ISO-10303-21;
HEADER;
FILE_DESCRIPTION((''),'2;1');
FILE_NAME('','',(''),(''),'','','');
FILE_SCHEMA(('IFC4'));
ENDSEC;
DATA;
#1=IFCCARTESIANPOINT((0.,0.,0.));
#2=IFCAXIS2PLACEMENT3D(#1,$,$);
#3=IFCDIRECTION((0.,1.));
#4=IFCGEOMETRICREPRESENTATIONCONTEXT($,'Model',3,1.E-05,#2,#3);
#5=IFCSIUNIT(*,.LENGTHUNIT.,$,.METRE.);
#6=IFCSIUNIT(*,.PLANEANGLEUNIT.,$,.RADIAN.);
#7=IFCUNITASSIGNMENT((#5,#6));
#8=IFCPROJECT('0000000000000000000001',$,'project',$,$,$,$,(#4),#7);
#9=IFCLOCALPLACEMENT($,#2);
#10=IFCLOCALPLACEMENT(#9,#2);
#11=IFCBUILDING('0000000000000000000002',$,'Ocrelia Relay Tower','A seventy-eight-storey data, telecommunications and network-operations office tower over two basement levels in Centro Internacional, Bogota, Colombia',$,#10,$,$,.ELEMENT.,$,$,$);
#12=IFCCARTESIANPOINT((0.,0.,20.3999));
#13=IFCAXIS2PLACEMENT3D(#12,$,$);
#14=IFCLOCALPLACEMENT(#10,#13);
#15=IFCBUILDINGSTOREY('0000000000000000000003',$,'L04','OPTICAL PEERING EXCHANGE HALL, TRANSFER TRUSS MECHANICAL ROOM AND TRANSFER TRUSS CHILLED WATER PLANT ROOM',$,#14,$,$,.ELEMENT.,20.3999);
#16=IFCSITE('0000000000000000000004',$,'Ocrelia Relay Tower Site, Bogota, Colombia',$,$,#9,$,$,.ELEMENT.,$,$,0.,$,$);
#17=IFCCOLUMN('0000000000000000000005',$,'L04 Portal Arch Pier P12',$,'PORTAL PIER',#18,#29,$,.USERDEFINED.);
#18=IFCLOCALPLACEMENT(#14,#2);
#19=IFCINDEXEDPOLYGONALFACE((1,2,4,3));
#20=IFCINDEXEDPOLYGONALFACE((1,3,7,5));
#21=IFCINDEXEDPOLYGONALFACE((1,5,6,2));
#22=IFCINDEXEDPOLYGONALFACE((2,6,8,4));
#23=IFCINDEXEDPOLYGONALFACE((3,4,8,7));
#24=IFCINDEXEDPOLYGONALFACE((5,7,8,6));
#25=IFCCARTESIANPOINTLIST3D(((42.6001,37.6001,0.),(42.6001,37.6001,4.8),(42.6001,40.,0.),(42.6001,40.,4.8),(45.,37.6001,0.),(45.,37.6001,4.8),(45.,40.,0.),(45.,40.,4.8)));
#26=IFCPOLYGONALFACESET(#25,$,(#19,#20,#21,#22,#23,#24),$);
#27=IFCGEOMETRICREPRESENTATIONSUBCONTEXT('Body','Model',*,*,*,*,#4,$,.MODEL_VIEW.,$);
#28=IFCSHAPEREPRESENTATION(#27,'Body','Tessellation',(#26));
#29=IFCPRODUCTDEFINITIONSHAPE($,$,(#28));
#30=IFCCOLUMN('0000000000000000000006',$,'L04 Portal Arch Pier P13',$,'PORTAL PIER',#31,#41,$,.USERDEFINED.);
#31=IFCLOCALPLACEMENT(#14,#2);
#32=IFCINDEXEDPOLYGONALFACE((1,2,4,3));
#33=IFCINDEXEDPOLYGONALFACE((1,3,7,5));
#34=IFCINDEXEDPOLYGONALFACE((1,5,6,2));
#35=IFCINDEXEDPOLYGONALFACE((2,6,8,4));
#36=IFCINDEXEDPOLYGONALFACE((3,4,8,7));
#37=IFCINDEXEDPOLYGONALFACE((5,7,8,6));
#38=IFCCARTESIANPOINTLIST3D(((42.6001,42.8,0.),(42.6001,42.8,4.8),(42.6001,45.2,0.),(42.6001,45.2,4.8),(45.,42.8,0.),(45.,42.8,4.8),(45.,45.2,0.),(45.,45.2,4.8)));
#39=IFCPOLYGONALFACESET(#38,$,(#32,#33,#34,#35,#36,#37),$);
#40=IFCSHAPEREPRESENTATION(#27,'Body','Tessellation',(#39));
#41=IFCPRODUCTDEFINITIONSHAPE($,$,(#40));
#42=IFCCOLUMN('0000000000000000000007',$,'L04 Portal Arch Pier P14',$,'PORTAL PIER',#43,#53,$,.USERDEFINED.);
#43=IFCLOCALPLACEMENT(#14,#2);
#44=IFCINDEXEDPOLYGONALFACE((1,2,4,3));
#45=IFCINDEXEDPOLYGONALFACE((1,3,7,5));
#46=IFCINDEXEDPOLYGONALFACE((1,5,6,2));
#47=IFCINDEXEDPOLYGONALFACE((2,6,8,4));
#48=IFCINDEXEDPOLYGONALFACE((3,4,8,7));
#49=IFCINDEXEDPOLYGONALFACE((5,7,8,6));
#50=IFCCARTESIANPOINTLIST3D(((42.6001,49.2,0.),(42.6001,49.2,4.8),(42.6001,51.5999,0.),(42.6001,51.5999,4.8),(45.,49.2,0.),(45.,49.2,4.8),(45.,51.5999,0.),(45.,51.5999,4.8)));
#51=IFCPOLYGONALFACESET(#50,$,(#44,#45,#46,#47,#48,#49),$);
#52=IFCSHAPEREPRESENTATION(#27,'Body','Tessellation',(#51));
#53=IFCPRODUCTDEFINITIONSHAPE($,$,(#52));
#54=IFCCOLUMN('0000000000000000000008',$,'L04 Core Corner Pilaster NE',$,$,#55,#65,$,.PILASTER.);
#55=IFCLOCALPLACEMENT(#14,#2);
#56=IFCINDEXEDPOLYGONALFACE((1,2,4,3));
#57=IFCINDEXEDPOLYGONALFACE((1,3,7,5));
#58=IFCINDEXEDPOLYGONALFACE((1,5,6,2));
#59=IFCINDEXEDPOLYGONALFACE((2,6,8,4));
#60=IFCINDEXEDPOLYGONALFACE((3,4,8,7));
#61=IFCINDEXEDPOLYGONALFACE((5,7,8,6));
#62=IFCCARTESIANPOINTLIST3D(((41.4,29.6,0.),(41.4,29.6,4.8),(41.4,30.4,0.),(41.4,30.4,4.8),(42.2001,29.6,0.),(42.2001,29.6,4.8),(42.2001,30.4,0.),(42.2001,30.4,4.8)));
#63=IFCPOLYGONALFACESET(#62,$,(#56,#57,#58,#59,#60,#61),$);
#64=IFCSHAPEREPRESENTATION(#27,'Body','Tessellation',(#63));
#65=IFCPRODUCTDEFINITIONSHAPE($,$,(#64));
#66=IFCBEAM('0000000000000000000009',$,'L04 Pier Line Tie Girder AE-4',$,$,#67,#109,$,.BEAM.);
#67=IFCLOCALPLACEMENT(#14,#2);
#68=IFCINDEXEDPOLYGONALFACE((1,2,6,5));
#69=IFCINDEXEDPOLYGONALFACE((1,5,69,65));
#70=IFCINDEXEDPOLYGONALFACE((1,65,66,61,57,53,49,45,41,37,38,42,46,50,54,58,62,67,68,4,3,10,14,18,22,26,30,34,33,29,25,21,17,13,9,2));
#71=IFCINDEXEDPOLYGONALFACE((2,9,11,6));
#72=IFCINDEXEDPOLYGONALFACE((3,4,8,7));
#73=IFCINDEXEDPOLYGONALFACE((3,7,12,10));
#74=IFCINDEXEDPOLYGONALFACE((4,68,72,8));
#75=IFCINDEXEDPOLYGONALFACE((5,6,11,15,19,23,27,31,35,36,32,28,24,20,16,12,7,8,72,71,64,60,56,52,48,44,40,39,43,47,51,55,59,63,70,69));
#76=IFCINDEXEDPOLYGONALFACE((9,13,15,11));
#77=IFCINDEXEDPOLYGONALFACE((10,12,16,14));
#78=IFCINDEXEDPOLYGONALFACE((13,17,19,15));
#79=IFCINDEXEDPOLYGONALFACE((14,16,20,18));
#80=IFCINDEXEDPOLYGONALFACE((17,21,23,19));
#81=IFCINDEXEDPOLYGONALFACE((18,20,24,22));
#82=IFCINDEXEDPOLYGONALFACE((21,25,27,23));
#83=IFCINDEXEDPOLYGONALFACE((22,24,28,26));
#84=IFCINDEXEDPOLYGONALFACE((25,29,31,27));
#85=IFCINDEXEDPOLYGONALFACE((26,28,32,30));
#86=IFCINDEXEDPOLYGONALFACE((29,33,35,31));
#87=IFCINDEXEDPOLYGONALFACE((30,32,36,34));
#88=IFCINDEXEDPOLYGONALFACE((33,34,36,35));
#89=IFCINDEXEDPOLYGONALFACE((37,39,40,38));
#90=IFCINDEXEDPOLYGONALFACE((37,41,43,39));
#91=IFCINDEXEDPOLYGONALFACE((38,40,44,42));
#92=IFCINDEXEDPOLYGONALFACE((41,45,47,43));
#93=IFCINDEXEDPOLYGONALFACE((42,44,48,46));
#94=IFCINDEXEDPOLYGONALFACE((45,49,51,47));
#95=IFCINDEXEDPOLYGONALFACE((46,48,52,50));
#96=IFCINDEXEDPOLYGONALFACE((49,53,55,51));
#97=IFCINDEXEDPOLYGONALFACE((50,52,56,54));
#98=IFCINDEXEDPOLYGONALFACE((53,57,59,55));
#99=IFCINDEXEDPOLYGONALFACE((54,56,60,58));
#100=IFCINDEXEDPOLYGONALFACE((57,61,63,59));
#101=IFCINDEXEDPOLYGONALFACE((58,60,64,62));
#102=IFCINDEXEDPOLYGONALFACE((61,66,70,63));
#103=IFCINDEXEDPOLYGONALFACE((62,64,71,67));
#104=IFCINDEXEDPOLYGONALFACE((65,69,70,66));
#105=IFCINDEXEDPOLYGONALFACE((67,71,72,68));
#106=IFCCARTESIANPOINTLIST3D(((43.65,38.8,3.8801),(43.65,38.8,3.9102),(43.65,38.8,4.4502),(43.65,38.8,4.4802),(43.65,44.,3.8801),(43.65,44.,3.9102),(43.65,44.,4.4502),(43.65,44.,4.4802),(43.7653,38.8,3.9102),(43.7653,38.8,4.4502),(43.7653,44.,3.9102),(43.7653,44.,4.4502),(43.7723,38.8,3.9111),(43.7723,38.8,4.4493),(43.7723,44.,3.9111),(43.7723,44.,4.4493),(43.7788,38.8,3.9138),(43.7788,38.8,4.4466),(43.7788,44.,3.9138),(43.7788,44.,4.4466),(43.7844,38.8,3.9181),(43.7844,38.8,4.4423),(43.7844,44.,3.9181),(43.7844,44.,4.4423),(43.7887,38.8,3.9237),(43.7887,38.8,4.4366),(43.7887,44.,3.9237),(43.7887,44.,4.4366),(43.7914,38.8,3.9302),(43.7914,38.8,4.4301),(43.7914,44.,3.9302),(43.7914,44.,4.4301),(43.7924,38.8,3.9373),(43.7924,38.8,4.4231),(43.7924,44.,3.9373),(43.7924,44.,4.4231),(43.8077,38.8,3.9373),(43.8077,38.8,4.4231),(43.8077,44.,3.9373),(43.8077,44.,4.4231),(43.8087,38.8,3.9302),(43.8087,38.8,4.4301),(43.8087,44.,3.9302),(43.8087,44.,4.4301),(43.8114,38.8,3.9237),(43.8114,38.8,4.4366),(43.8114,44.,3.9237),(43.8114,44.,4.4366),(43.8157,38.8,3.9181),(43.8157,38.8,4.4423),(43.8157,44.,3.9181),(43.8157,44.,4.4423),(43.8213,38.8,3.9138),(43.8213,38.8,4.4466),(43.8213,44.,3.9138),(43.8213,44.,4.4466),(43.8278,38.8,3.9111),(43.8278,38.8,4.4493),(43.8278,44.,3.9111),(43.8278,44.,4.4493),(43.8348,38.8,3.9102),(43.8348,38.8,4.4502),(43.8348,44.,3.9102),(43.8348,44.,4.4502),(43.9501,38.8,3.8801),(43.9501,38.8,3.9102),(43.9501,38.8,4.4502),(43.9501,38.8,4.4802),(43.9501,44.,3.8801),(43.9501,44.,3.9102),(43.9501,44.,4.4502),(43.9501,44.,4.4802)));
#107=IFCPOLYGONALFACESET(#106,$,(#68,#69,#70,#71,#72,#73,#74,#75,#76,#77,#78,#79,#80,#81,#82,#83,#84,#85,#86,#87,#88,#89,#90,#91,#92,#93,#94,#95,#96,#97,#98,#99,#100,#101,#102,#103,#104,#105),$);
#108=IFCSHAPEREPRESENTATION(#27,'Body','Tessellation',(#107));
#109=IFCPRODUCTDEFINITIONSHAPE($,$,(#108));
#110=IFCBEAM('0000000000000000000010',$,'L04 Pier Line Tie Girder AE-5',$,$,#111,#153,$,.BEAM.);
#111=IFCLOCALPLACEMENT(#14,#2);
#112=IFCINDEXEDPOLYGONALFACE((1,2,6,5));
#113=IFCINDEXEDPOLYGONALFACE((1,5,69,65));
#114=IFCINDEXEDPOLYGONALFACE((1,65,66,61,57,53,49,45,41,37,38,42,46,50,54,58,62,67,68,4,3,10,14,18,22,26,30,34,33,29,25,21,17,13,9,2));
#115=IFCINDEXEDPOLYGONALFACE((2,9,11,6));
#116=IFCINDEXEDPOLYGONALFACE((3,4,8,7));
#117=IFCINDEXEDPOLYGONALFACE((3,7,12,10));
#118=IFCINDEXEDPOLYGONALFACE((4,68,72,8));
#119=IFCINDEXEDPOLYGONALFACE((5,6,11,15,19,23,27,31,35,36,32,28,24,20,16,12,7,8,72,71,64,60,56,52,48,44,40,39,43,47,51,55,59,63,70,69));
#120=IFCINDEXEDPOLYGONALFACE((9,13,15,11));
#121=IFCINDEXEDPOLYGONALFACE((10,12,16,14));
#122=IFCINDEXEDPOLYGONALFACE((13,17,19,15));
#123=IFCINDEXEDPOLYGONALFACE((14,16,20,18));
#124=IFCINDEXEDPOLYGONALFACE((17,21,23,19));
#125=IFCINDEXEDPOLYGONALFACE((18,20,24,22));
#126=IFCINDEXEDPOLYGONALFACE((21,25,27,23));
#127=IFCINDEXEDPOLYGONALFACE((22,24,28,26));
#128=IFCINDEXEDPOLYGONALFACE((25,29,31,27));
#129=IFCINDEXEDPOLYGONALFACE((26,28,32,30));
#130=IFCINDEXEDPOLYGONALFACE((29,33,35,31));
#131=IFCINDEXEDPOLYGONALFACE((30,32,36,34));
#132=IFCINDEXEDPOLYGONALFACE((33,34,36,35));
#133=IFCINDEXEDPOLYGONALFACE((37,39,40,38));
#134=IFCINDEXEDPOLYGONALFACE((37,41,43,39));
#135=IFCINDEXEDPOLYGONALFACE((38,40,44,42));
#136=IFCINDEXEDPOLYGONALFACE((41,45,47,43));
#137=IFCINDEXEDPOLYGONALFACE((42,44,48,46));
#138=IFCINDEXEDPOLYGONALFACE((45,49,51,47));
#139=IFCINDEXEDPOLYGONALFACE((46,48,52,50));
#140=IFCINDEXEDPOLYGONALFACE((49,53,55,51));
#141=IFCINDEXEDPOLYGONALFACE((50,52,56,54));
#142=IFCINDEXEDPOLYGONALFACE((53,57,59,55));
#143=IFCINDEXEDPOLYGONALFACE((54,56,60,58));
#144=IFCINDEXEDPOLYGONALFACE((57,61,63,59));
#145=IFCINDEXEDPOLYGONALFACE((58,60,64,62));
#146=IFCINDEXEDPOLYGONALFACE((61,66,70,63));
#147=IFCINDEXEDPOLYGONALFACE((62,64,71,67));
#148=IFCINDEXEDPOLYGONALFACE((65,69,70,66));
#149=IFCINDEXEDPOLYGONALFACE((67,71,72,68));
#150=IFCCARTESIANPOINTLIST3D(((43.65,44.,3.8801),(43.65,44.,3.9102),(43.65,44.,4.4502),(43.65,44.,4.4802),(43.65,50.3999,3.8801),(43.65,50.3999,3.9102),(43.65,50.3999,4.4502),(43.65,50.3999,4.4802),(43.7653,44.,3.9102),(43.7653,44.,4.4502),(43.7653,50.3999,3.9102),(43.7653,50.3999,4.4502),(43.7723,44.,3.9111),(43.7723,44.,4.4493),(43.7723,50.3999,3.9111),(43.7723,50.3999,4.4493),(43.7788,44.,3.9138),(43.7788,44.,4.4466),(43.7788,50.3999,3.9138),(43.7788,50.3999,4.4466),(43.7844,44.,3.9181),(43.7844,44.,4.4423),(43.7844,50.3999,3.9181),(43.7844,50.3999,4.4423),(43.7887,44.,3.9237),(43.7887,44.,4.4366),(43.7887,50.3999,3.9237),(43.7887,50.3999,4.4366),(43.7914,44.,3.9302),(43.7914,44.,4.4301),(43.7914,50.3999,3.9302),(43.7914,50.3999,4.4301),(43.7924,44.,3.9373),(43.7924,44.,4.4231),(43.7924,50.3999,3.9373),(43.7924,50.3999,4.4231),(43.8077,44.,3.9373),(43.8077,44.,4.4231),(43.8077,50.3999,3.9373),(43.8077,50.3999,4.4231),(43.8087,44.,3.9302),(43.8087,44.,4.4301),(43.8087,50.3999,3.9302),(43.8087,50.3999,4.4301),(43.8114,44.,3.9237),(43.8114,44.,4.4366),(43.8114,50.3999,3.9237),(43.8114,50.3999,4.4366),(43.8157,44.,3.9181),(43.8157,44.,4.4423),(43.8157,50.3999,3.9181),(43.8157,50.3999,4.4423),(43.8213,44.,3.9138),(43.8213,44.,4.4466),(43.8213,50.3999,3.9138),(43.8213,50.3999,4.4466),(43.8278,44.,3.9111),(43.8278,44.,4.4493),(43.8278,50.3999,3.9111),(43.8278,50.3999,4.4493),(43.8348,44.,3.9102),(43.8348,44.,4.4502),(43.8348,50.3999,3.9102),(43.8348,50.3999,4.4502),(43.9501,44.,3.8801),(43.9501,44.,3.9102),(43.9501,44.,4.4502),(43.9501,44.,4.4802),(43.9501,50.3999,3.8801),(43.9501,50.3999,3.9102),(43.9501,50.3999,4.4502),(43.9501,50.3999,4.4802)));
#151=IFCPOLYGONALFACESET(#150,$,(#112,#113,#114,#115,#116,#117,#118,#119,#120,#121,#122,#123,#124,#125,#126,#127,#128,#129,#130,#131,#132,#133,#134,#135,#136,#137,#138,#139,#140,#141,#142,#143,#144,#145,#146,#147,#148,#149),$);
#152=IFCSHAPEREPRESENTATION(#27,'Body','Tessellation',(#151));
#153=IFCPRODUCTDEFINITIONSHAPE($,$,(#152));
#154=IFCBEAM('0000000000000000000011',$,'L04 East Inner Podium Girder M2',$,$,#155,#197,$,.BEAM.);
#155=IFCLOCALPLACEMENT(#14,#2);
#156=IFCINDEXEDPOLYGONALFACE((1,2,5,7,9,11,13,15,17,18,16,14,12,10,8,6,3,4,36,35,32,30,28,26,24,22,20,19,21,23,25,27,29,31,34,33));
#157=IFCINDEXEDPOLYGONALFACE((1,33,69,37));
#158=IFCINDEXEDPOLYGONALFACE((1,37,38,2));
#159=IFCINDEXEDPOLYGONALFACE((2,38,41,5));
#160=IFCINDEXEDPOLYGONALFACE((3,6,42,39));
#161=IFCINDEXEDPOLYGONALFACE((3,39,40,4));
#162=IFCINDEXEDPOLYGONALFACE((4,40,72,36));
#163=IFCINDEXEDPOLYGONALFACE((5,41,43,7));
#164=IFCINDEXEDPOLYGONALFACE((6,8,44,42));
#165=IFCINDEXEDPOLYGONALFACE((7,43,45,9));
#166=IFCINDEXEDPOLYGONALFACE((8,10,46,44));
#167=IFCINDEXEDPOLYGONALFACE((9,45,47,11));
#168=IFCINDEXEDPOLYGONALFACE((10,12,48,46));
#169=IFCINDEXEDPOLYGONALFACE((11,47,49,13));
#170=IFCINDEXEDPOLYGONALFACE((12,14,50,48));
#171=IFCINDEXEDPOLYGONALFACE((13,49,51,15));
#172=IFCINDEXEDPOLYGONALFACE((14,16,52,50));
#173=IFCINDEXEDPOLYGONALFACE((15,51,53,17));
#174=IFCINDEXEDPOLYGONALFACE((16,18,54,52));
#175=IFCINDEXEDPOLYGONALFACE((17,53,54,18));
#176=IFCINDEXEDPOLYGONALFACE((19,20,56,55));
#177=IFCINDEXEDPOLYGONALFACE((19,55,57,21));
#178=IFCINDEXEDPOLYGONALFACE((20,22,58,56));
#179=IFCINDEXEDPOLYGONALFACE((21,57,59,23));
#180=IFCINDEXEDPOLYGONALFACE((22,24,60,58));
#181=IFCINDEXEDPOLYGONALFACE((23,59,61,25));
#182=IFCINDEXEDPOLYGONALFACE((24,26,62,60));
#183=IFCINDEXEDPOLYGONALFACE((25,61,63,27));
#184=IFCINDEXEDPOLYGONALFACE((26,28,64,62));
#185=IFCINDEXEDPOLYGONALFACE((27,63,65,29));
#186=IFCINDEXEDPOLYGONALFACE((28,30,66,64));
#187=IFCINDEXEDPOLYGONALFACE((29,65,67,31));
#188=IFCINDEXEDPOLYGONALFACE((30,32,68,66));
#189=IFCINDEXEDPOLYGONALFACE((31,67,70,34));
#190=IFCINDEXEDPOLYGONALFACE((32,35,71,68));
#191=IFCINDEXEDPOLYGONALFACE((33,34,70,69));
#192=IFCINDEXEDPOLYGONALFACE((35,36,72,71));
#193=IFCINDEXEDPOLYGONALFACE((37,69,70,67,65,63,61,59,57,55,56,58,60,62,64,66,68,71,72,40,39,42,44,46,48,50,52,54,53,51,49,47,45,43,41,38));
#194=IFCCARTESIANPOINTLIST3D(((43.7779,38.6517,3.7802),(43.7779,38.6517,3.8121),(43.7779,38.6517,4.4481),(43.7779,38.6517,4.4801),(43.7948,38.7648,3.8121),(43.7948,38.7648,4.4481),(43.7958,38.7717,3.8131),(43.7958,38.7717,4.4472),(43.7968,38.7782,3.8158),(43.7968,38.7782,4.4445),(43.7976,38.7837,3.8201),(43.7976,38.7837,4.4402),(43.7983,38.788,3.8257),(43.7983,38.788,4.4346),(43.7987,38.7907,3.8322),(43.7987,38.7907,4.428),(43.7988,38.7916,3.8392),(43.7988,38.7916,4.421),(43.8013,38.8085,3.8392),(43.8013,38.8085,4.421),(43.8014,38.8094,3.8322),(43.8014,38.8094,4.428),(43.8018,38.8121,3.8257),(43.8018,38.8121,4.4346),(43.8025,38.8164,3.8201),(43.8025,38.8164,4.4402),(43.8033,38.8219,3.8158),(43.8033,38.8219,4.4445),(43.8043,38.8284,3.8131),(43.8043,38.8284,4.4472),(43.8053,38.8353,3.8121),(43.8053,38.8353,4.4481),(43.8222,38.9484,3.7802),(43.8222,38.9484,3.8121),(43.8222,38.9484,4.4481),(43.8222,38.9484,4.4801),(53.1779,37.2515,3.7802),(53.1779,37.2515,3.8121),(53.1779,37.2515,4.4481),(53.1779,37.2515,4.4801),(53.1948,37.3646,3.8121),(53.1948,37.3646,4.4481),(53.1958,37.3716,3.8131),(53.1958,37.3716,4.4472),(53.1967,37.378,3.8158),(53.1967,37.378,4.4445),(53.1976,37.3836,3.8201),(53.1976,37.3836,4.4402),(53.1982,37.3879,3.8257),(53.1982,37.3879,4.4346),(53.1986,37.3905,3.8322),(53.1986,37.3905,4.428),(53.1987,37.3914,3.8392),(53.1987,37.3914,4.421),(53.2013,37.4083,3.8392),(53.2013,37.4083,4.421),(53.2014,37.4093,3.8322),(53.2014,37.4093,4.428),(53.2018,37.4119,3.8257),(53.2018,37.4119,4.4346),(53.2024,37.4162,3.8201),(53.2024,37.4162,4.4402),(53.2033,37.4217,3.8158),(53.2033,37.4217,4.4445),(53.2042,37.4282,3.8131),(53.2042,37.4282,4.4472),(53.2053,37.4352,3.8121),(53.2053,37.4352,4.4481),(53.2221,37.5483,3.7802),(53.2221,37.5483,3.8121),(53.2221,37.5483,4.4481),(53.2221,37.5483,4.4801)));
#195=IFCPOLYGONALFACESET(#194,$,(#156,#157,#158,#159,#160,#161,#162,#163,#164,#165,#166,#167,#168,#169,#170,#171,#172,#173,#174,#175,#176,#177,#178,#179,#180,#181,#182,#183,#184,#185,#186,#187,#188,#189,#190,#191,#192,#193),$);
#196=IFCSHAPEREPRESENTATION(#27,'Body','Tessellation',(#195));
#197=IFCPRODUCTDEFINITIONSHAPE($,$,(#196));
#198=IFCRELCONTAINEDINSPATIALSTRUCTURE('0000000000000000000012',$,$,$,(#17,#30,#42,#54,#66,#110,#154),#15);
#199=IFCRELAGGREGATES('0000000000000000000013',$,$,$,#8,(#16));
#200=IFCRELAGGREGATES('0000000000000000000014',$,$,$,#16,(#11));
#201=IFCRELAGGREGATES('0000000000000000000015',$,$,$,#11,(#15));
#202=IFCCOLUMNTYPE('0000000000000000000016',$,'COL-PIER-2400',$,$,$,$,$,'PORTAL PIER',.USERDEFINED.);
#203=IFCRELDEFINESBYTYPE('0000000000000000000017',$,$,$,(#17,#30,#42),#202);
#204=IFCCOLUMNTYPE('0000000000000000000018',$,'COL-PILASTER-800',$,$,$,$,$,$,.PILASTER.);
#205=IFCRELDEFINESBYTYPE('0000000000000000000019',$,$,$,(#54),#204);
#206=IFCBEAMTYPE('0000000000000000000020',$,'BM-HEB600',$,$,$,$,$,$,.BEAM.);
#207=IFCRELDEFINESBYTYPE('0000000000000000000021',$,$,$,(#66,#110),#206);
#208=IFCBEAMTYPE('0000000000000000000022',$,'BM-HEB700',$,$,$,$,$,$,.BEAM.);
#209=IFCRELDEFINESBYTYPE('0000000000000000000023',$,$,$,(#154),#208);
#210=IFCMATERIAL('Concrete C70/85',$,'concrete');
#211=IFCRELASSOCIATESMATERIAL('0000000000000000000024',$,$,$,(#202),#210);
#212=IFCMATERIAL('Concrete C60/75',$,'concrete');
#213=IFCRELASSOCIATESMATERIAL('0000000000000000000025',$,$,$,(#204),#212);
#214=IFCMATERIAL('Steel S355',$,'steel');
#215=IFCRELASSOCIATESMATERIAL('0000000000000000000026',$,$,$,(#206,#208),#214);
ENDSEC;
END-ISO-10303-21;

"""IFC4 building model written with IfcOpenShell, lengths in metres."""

from ifc_helpers import new_model, si_unit, direction, frame, origin, origin_2d, place, context, subcontext, project, spatial, rectangle, i_section, extrude, material, material_profile, profile_set, type_object, element, save


model = new_model("IFC4")

# Units and contexts
model_context = context("Model", 3, precision=1e-05, world=origin(), true_north=direction((0.0, 1.0)))
body_context = subcontext(model_context, "Body", "Model", "MODEL_VIEW")
ifc_project = project(units=[si_unit("LENGTHUNIT", "METRE"), si_unit("PLANEANGLEUNIT", "RADIAN")], contexts=[model_context])

# Site, building, storey
site_placement = place(None, origin())
site = spatial("IfcSite", under=ifc_project, at=site_placement, Name="Ocrelia Relay Tower Site, Bogota, Colombia", CompositionType="ELEMENT", RefElevation=0.0)
building_placement = place(site_placement, origin())
building = spatial("IfcBuilding", under=site, at=building_placement, Name="Ocrelia Relay Tower", Description="A seventy-eight-storey data, telecommunications and network-operations office tower over two basement levels in Centro Internacional, Bogota, Colombia", CompositionType="ELEMENT")
storey_placement = place(building_placement, frame((0.0, 0.0, 20.3999)))
storey = spatial("IfcBuildingStorey", under=building, at=storey_placement, Name="L04", Description="OPTICAL PEERING EXCHANGE HALL, TRANSFER TRUSS MECHANICAL ROOM AND TRANSFER TRUSS CHILLED WATER PLANT ROOM", CompositionType="ELEMENT", Elevation=20.3999)

# Columns
ifc_material_1 = material(Name="Concrete C70/85", Category="concrete")
ifc_material_profile_1 = material_profile(ifc_material_1, rectangle(XDim=2.3999, YDim=2.3999, at=origin_2d()), Name="RC-PIER-2400x2400")
ifc_profile_set_1 = profile_set([ifc_material_profile_1], Name="Concrete C70/85")
column_type_1 = type_object("IfcColumnType", Name="COL-PIER-2400", ElementType="PORTAL PIER", PredefinedType="USERDEFINED", material=ifc_profile_set_1)
for number, where, z_axis, x_axis, name in (
    (1, (43.8, 38.8, 0.0), (0.0, 0.0, 1.0), (1.0, 0.0, 0.0), "L04 Portal Arch Pier P12"),
    (2, (43.8, 44.0, 0.0), (0.0, 0.0, 1.0), (1.0, 0.0, 0.0), "L04 Portal Arch Pier P13"),
    (3, (43.8, 50.3999, 0.0), (0.0, 0.0, 1.0), (1.0, 0.0, 0.0), "L04 Portal Arch Pier P14"),
):
    element("IfcColumn", number, at=place(storey_placement, frame(where, z_axis=z_axis, x_axis=x_axis)), inside=storey, type_object=column_type_1, Name=name, ObjectType="PORTAL PIER", PredefinedType="USERDEFINED", context=body_context, shape_type="SweptSolid", body=[
        extrude(rectangle(XDim=2.3999, YDim=2.3999, at=origin_2d()), origin(), (0.0, 0.0, 1.0), 4.8),
    ])
ifc_material_2 = material(Name="Concrete C60/75", Category="concrete")
ifc_material_profile_2 = material_profile(ifc_material_2, rectangle(XDim=0.8, YDim=0.8, at=origin_2d()), Name="RC-COL-800x800")
ifc_profile_set_2 = profile_set([ifc_material_profile_2], Name="Concrete C60/75")
column_type_2 = type_object("IfcColumnType", Name="COL-PILASTER-800", PredefinedType="PILASTER", material=ifc_profile_set_2)
column_placement = place(storey_placement, frame((41.8, 30.0, 0.0), z_axis=(0.0, 0.0, 1.0), x_axis=(1.0, 0.0, 0.0)))
element("IfcColumn", 4, at=column_placement, inside=storey, type_object=column_type_2, Name="L04 Core Corner Pilaster NE", PredefinedType="PILASTER", context=body_context, shape_type="SweptSolid", body=[
    extrude(rectangle(XDim=0.8, YDim=0.8, at=origin_2d()), origin(), (0.0, 0.0, 1.0), 4.8),
])

# Beams
ifc_material_3 = material(Name="Steel S355", Category="steel")
ifc_material_profile_3 = material_profile(ifc_material_3, i_section(OverallWidth=0.3, OverallDepth=0.6001, WebThickness=0.0154, FlangeThickness=0.03, FilletRadius=0.0271, at=origin_2d()), Name="HEB 600")
ifc_profile_set_3 = profile_set([ifc_material_profile_3], Name="Steel S355")
beam_type_1 = type_object("IfcBeamType", Name="BM-HEB600", PredefinedType="BEAM", material=ifc_profile_set_3)
beam_1_placement = place(storey_placement, frame((43.8, 38.8, 4.1802), z_axis=(0.0, 1.0, 0.0), x_axis=(-1.0, 0.0, 0.0)))
element("IfcBeam", 5, at=beam_1_placement, inside=storey, type_object=beam_type_1, Name="L04 Pier Line Tie Girder AE-4", PredefinedType="BEAM", context=body_context, shape_type="SweptSolid", body=[
    extrude(i_section(OverallWidth=0.3, OverallDepth=0.6001, WebThickness=0.0154, FlangeThickness=0.03, FilletRadius=0.0271, at=origin_2d()), origin(), (0.0, 0.0, 1.0), 5.2),
])
beam_2_placement = place(storey_placement, frame((43.8, 44.0, 4.1802), z_axis=(0.0, 1.0, 0.0), x_axis=(-1.0, 0.0, 0.0)))
element("IfcBeam", 6, at=beam_2_placement, inside=storey, type_object=beam_type_1, Name="L04 Pier Line Tie Girder AE-5", PredefinedType="BEAM", context=body_context, shape_type="SweptSolid", body=[
    extrude(i_section(OverallWidth=0.3, OverallDepth=0.6001, WebThickness=0.0154, FlangeThickness=0.03, FilletRadius=0.0271, at=origin_2d()), origin(), (0.0, 0.0, 1.0), 6.3999),
])
ifc_material_profile_4 = material_profile(ifc_material_3, i_section(OverallWidth=0.3, OverallDepth=0.7, WebThickness=0.0171, FlangeThickness=0.032, FilletRadius=0.0271, at=origin_2d()), Name="HEB 700")
ifc_profile_set_4 = profile_set([ifc_material_profile_4], Name="Steel S355")
beam_type_2 = type_object("IfcBeamType", Name="BM-HEB700", PredefinedType="BEAM", material=ifc_profile_set_4)
beam_3_placement = place(storey_placement, frame((43.8, 38.8, 4.1301), z_axis=(0.989088, -0.147328, 0.0), x_axis=(0.147328, 0.989088, 0.0)))
element("IfcBeam", 7, at=beam_3_placement, inside=storey, type_object=beam_type_2, Name="L04 East Inner Podium Girder M2", PredefinedType="BEAM", context=body_context, shape_type="SweptSolid", body=[
    extrude(i_section(OverallWidth=0.3, OverallDepth=0.7, WebThickness=0.0171, FlangeThickness=0.032, FilletRadius=0.0271, at=origin_2d()), origin(), (0.0, 0.0, 1.0), 9.5037),
])

save(model, "model.ifc")
